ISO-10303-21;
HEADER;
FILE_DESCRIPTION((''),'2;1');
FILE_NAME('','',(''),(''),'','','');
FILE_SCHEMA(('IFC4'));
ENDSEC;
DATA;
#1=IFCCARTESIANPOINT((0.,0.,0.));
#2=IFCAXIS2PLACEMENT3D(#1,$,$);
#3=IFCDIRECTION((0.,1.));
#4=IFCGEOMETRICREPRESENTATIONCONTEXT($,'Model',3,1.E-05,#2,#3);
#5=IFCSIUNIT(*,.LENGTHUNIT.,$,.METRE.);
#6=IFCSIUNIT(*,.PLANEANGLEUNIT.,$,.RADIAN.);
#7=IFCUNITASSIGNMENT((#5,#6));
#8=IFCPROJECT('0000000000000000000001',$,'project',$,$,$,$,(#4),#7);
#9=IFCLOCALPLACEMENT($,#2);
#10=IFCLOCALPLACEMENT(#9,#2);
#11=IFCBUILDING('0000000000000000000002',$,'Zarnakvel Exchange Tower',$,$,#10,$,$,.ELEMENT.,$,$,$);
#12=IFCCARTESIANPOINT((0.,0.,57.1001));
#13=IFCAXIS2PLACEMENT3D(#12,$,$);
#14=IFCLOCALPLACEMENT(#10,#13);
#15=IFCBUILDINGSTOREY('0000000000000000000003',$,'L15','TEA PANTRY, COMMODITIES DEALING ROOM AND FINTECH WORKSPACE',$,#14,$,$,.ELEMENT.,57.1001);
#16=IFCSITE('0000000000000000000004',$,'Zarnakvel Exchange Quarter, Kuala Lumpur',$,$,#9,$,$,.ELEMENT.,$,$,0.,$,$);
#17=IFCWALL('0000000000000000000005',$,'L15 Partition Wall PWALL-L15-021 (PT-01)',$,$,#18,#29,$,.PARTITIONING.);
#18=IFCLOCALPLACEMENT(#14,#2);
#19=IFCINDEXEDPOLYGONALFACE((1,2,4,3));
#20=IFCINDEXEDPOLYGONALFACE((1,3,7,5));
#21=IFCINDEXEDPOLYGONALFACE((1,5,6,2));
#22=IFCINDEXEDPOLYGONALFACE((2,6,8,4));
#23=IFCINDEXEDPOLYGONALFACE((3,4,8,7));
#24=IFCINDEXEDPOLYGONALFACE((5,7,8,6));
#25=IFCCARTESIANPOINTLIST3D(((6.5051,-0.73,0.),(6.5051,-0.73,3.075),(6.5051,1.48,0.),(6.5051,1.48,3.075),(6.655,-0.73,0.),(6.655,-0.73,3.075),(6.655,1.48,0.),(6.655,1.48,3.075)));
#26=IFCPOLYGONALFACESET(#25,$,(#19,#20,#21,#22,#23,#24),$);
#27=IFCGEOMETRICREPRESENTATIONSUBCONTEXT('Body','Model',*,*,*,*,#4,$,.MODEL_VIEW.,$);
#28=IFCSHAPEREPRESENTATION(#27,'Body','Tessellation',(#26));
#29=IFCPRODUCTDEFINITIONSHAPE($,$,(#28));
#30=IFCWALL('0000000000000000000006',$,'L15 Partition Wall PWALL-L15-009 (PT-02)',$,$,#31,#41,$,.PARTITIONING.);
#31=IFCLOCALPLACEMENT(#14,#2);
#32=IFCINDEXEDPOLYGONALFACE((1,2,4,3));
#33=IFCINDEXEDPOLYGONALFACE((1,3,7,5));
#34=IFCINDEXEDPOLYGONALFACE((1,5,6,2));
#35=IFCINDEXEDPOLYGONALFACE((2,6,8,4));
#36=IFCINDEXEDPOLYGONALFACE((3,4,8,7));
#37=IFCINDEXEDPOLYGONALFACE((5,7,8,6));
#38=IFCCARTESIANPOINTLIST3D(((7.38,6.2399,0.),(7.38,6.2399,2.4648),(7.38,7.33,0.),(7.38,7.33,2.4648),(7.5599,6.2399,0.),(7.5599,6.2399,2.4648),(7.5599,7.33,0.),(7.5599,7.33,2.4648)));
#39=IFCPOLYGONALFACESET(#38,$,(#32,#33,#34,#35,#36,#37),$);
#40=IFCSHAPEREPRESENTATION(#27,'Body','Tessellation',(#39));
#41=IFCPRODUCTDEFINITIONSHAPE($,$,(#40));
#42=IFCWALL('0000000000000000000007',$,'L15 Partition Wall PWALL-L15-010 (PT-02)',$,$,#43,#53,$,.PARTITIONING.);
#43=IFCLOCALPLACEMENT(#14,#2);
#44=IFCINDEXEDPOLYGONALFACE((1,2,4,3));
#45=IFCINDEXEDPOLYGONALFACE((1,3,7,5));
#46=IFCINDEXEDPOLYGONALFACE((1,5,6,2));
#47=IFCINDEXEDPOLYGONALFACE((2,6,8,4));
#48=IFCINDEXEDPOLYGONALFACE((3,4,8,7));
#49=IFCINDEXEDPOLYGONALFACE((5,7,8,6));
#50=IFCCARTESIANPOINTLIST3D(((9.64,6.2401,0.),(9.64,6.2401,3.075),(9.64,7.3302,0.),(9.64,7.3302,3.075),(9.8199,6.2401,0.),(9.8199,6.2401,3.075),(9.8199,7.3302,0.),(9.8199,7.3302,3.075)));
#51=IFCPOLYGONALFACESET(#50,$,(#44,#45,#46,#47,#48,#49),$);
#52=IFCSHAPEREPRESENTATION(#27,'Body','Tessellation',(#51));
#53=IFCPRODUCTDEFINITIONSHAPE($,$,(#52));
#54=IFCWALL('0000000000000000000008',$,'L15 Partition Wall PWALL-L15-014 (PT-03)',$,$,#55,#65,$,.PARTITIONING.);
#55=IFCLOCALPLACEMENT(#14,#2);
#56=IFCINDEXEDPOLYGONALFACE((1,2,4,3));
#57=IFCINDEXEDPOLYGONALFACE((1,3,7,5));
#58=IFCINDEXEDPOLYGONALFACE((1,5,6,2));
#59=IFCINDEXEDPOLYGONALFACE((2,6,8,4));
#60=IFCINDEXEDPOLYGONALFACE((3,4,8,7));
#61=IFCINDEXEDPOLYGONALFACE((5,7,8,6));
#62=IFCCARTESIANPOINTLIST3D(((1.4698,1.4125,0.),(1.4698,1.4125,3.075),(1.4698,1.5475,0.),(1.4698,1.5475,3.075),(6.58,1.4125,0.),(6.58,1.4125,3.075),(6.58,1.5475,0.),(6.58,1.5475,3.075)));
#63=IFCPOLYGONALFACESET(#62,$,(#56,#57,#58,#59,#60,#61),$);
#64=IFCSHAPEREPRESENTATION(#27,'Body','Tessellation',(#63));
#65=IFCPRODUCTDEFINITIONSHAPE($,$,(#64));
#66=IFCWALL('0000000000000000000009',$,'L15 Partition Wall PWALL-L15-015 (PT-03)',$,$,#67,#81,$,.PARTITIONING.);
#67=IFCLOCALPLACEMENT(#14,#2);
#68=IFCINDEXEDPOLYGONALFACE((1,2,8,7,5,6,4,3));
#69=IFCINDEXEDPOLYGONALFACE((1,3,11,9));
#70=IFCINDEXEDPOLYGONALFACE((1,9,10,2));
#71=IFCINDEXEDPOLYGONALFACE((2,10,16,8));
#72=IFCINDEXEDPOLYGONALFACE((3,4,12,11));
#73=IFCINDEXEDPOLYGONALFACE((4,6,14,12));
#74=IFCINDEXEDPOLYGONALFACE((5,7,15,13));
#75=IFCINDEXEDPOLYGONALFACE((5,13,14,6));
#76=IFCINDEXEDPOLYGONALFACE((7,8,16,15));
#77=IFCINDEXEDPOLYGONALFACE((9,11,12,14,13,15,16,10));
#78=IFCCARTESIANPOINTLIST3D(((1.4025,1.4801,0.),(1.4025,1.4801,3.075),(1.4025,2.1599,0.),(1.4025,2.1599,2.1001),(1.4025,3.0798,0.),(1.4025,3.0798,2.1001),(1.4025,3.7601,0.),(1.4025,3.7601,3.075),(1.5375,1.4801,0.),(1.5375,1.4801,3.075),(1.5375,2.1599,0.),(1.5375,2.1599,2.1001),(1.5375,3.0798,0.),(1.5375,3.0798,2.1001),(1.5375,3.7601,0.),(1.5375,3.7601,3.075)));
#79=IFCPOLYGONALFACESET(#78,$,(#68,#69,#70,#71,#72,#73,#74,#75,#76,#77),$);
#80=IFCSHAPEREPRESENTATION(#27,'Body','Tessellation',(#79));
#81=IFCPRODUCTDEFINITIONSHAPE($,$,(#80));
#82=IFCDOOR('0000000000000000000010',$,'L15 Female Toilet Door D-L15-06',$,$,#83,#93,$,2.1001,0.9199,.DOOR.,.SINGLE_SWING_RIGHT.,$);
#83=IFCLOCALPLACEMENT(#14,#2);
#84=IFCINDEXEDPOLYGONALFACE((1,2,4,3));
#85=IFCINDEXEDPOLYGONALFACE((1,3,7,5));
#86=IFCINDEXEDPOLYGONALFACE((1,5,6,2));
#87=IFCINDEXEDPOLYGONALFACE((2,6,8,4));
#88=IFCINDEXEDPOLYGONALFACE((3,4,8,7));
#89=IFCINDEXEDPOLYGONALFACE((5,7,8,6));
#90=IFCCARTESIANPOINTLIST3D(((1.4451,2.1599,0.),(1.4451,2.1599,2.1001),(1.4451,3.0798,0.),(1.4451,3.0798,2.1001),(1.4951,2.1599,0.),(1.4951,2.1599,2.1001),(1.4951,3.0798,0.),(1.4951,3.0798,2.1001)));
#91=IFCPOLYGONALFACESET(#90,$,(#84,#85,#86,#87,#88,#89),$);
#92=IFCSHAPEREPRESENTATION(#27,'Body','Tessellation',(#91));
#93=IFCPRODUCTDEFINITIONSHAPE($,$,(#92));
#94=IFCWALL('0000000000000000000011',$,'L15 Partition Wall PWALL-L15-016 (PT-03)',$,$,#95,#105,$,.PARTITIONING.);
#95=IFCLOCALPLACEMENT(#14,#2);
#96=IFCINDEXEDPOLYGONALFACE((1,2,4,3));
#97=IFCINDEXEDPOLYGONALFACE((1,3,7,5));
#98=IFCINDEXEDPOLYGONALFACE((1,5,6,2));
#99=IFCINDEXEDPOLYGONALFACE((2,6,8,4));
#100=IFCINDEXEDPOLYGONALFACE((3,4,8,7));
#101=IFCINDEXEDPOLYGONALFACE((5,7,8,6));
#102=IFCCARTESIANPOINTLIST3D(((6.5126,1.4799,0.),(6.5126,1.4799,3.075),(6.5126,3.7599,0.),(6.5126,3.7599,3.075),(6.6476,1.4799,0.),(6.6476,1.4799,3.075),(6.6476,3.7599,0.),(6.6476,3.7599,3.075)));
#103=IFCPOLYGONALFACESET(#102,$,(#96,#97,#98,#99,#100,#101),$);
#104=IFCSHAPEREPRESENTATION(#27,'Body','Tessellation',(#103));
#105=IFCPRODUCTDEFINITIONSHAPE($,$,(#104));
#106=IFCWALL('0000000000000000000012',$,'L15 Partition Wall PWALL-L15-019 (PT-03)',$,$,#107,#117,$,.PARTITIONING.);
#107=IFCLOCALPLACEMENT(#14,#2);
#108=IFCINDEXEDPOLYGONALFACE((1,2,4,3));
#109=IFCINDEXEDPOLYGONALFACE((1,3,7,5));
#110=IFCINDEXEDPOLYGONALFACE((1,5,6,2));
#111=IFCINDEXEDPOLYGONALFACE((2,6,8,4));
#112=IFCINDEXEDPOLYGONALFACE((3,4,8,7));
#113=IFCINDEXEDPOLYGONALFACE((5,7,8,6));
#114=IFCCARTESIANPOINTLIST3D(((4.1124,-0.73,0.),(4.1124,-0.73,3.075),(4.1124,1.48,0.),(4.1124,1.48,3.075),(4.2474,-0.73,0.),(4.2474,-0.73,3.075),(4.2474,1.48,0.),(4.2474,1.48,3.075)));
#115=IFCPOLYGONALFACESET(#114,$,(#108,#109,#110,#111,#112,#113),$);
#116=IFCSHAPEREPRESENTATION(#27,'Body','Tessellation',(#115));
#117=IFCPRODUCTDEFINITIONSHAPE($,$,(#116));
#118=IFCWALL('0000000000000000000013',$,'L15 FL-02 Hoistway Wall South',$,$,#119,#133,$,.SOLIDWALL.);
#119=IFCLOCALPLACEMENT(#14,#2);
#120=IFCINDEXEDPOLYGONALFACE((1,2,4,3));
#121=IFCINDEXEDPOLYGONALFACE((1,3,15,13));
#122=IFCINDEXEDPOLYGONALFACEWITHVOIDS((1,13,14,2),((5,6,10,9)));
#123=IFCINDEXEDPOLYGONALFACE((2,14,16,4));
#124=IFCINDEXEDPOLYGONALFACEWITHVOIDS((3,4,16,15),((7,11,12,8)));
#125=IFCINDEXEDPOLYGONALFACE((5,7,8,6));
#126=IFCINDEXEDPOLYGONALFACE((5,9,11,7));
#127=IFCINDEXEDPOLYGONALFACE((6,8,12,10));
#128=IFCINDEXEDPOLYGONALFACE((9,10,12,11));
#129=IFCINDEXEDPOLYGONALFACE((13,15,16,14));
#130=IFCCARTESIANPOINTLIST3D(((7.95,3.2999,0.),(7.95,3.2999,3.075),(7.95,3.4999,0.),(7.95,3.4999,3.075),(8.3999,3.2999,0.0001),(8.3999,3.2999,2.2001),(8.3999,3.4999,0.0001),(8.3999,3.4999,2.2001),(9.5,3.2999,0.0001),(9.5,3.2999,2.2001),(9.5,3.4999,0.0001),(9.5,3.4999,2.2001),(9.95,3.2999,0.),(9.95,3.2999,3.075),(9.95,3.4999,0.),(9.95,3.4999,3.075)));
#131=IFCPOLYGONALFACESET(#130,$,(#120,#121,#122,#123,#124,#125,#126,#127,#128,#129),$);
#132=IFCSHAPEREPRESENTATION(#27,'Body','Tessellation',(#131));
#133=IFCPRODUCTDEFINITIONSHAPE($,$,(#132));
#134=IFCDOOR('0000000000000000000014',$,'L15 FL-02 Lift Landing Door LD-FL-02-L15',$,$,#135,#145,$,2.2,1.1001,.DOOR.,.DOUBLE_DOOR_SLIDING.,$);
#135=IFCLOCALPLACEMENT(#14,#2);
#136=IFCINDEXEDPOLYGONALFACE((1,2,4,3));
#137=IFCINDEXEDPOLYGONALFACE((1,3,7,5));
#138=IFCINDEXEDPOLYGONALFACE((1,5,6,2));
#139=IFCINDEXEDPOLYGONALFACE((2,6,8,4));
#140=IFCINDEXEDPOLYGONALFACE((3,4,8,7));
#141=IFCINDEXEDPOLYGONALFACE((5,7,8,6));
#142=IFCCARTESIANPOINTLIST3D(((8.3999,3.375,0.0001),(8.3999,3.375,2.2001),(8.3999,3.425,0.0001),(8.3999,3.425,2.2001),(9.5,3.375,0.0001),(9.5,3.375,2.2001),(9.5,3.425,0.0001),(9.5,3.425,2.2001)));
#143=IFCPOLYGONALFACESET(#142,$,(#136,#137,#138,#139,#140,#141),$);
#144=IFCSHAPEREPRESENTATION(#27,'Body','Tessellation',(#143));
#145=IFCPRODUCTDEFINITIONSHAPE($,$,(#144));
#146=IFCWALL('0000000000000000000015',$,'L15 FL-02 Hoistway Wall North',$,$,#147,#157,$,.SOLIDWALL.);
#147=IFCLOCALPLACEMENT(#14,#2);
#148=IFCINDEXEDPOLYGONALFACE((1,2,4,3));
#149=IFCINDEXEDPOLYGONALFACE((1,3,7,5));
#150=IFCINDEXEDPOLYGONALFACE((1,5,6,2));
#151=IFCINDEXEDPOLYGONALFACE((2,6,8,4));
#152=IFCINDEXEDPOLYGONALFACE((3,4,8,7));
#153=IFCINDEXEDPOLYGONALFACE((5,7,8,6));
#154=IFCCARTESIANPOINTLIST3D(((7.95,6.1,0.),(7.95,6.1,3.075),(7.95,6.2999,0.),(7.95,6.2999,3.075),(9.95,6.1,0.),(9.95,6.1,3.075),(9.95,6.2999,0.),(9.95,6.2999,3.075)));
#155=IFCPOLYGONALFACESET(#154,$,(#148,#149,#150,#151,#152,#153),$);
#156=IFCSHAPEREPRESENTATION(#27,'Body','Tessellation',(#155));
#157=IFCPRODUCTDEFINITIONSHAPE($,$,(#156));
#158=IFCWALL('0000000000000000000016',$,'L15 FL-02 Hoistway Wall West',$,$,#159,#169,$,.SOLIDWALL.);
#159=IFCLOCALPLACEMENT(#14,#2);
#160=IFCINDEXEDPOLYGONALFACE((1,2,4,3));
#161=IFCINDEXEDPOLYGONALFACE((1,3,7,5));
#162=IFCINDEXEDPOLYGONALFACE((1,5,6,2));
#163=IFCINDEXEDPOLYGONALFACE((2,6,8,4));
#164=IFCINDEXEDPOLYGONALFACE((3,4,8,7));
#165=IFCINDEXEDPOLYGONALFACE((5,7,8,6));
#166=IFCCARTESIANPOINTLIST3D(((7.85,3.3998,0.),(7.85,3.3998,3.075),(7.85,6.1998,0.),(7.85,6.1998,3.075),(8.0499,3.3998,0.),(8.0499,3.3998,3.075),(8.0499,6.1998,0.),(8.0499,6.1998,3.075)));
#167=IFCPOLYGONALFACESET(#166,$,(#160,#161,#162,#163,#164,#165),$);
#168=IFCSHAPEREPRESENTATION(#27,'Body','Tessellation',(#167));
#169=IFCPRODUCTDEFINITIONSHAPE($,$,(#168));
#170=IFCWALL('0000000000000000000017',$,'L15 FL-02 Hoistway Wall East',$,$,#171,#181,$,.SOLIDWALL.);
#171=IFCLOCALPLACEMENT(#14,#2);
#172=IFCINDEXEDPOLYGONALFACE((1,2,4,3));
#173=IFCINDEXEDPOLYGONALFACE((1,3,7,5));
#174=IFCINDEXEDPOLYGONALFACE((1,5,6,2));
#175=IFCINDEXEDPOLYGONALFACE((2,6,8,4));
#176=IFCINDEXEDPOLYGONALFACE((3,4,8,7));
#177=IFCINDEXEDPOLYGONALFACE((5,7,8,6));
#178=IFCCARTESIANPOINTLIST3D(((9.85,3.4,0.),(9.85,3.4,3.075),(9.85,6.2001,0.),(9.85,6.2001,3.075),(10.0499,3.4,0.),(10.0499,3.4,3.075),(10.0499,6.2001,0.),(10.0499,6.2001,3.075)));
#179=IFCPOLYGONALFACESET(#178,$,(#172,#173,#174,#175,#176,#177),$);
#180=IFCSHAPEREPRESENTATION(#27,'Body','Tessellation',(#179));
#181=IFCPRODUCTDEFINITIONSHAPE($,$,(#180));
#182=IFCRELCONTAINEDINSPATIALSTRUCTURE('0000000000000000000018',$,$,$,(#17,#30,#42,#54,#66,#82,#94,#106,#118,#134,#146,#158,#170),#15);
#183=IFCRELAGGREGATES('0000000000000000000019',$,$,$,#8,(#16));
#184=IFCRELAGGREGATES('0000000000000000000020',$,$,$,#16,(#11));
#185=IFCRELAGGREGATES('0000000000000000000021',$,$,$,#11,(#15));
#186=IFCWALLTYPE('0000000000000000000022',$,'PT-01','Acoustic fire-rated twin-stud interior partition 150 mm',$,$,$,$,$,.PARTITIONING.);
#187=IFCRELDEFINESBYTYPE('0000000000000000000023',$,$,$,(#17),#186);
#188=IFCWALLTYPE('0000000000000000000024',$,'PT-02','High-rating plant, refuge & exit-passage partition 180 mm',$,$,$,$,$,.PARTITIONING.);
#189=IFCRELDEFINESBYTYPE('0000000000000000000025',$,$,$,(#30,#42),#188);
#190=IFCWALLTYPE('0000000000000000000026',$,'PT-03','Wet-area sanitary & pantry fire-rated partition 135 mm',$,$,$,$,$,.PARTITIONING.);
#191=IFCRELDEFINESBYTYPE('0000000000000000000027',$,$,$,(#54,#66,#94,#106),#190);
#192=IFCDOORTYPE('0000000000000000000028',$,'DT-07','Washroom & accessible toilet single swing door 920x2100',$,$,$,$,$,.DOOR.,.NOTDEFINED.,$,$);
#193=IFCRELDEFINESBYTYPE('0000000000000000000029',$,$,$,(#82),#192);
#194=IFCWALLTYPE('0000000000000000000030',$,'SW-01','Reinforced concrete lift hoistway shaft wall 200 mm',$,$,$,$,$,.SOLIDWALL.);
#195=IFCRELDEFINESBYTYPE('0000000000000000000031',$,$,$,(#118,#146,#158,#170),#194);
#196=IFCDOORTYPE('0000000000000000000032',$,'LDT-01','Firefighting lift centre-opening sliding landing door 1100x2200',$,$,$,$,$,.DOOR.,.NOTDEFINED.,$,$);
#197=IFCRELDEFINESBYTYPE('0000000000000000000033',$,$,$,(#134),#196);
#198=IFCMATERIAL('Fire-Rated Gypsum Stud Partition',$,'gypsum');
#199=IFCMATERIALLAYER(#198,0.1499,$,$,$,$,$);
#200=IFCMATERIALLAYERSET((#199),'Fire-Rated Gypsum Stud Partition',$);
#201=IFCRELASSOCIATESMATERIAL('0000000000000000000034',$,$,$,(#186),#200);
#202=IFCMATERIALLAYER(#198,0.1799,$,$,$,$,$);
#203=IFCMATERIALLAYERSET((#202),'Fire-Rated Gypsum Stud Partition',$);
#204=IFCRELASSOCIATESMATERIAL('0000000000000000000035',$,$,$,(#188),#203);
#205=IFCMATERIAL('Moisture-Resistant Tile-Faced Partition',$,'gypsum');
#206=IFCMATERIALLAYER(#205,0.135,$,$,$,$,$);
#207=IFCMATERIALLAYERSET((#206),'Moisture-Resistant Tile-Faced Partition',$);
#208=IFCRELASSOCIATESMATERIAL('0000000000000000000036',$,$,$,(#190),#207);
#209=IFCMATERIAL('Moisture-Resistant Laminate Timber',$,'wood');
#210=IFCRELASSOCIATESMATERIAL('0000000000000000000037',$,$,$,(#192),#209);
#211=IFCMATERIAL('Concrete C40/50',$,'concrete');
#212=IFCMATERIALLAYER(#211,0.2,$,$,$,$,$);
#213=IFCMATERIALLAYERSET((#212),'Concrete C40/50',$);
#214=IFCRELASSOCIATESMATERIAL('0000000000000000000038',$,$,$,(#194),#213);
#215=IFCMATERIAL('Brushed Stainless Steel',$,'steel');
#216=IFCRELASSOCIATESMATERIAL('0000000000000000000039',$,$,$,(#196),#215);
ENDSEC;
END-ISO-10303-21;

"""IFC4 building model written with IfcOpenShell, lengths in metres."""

from ifc_helpers import new_model, si_unit, direction, frame, frame_2d, origin, place, context, subcontext, project, spatial, rectangle, extrude, source, transform, mapped, material, layer, layer_set, type_object, element, fill, save


model = new_model("IFC4")

# Units and contexts
model_context = context("Model", 3, precision=1e-05, world=origin(), true_north=direction((0.0, 1.0)))
body_context = subcontext(model_context, "Body", "Model", "MODEL_VIEW")
ifc_project = project(units=[si_unit("LENGTHUNIT", "METRE"), si_unit("PLANEANGLEUNIT", "RADIAN")], contexts=[model_context])

# Site, building, storey
site_placement = place(None, origin())
site = spatial("IfcSite", under=ifc_project, at=site_placement, Name="Zarnakvel Exchange Quarter, Kuala Lumpur", CompositionType="ELEMENT", RefElevation=0.0)
building_placement = place(site_placement, origin())
building = spatial("IfcBuilding", under=site, at=building_placement, Name="Zarnakvel Exchange Tower", CompositionType="ELEMENT")
storey_placement = place(building_placement, frame((0.0, 0.0, 57.1001)))
storey = spatial("IfcBuildingStorey", under=building, at=storey_placement, Name="L15", Description="TEA PANTRY, COMMODITIES DEALING ROOM AND FINTECH WORKSPACE", CompositionType="ELEMENT", Elevation=57.1001)

# Walls
ifc_material_1 = material(Name="Fire-Rated Gypsum Stud Partition", Category="gypsum")
ifc_layer_1 = layer(ifc_material_1, 0.1499)
ifc_layer_set_1 = layer_set([ifc_layer_1], Name="Fire-Rated Gypsum Stud Partition")
wall_type_1 = type_object("IfcWallType", Name="PT-01", Description="Acoustic fire-rated twin-stud interior partition 150 mm", PredefinedType="PARTITIONING", material=ifc_layer_set_1)
wall_1_placement = place(storey_placement, frame((6.5801, 1.48, 0.0), z_axis=(0.0, 0.0, 1.0), x_axis=(0.0, -1.0, 0.0)))
element("IfcWall", 1, at=wall_1_placement, inside=storey, type_object=wall_type_1, Name="L15 Partition Wall PWALL-L15-021 (PT-01)", PredefinedType="PARTITIONING", context=body_context, shape_type="SweptSolid", body=[
    extrude(rectangle(XDim=2.21, YDim=0.1499, at=frame_2d((1.105, 0.0))), origin(), (0.0, 0.0, 1.0), 3.075),
])
ifc_layer_2 = layer(ifc_material_1, 0.1799)
ifc_layer_set_2 = layer_set([ifc_layer_2], Name="Fire-Rated Gypsum Stud Partition")
wall_type_2 = type_object("IfcWallType", Name="PT-02", Description="High-rating plant, refuge & exit-passage partition 180 mm", PredefinedType="PARTITIONING", material=ifc_layer_set_2)
wall_2_placement = place(storey_placement, frame((7.47, 6.24, 0.0), z_axis=(0.0, 0.0, 1.0), x_axis=(0.0, 1.0, 0.0)))
element("IfcWall", 2, at=wall_2_placement, inside=storey, type_object=wall_type_2, Name="L15 Partition Wall PWALL-L15-009 (PT-02)", PredefinedType="PARTITIONING", context=body_context, shape_type="SweptSolid", body=[
    extrude(rectangle(XDim=1.0901, YDim=0.1799, at=frame_2d((0.5449, 0.0))), origin(), (0.0, 0.0, 1.0), 2.4648),
])
wall_3_placement = place(storey_placement, frame((9.73, 7.3301, 0.0), z_axis=(0.0, 0.0, 1.0), x_axis=(0.0, -1.0, 0.0)))
element("IfcWall", 3, at=wall_3_placement, inside=storey, type_object=wall_type_2, Name="L15 Partition Wall PWALL-L15-010 (PT-02)", PredefinedType="PARTITIONING", context=body_context, shape_type="SweptSolid", body=[
    extrude(rectangle(XDim=1.0901, YDim=0.1799, at=frame_2d((0.5449, 0.0))), origin(), (0.0, 0.0, 1.0), 3.075),
])
ifc_material_2 = material(Name="Moisture-Resistant Tile-Faced Partition", Category="gypsum")
ifc_layer_3 = layer(ifc_material_2, 0.135)
ifc_layer_set_3 = layer_set([ifc_layer_3], Name="Moisture-Resistant Tile-Faced Partition")
wall_type_3 = type_object("IfcWallType", Name="PT-03", Description="Wet-area sanitary & pantry fire-rated partition 135 mm", PredefinedType="PARTITIONING", material=ifc_layer_set_3)
wall_4_placement = place(storey_placement, frame((6.5801, 1.48, 0.0), z_axis=(0.0, 0.0, 1.0), x_axis=(-1.0, 0.0, 0.0)))
element("IfcWall", 4, at=wall_4_placement, inside=storey, type_object=wall_type_3, Name="L15 Partition Wall PWALL-L15-014 (PT-03)", PredefinedType="PARTITIONING", context=body_context, shape_type="SweptSolid", body=[
    extrude(rectangle(XDim=5.1101, YDim=0.135, at=frame_2d((2.5552, 0.0))), origin(), (0.0, 0.0, 1.0), 3.075),
])

# Wall, opening, door
wall_5_placement = place(storey_placement, frame((1.47, 1.48, 0.0), z_axis=(0.0, 0.0, 1.0), x_axis=(0.0, 1.0, 0.0)))
wall_5 = element("IfcWall", 5, at=wall_5_placement, inside=storey, type_object=wall_type_3, Name="L15 Partition Wall PWALL-L15-015 (PT-03)", PredefinedType="PARTITIONING", context=body_context, shape_type="SweptSolid", body=[
    extrude(rectangle(XDim=2.28, YDim=0.135, at=frame_2d((1.1401, 0.0))), origin(), (0.0, 0.0, 1.0), 3.075),
])
opening_1_placement = place(wall_5_placement, frame((0.6799, 0.0, 0.0)))
opening_1 = element("IfcOpeningElement", 6, at=opening_1_placement, cuts=wall_5, PredefinedType="OPENING", context=body_context, shape_type="SweptSolid", body=[
    extrude(rectangle(XDim=0.9199, YDim=2.1001, at=frame_2d((0.46, 1.05))), frame((0.0, 0.0774, 0.0), z_axis=(0.0, -1.0, 0.0), x_axis=(1.0, 0.0, 0.0)), (0.0, 0.0, 1.0), 0.155),
])
ifc_material_3 = material(Name="Moisture-Resistant Laminate Timber", Category="wood")
door_type_1 = type_object("IfcDoorType", Name="DT-07", Description="Washroom & accessible toilet single swing door 920x2100", OperationType="NOTDEFINED", PredefinedType="DOOR", material=ifc_material_3)
shared_shape_1 = source(origin(), body_context, "Body", "SweptSolid", [
    extrude(rectangle(XDim=0.9199, YDim=2.1001, at=frame_2d((0.46, 1.05))), frame((0.0, 0.0249, 0.0), z_axis=(0.0, -1.0, 0.0), x_axis=(1.0, 0.0, 0.0)), (0.0, 0.0, 1.0), 0.05),
])
door_1_placement = place(opening_1_placement, origin())
door_1 = element("IfcDoor", 7, at=door_1_placement, inside=storey, type_object=door_type_1, Name="L15 Female Toilet Door D-L15-06", OperationType="SINGLE_SWING_RIGHT", OverallHeight=2.1001, OverallWidth=0.9199, PredefinedType="DOOR", context=body_context, shape_type="MappedRepresentation", body=[
    mapped(shared_shape_1, transform((0.0, 0.0, 0.0), x_axis=(1.0, 0.0, 0.0), y_axis=(0.0, 1.0, 0.0), z_axis=(0.0, 0.0, 1.0), scale=1.0)),
])
fill(opening_1, door_1)

# Walls
wall_6_placement = place(storey_placement, frame((6.5801, 3.76, 0.0), z_axis=(0.0, 0.0, 1.0), x_axis=(0.0, -1.0, 0.0)))
element("IfcWall", 8, at=wall_6_placement, inside=storey, type_object=wall_type_3, Name="L15 Partition Wall PWALL-L15-016 (PT-03)", PredefinedType="PARTITIONING", context=body_context, shape_type="SweptSolid", body=[
    extrude(rectangle(XDim=2.28, YDim=0.135, at=frame_2d((1.1401, 0.0))), origin(), (0.0, 0.0, 1.0), 3.075),
])
wall_7_placement = place(storey_placement, frame((4.1799, 1.48, 0.0), z_axis=(0.0, 0.0, 1.0), x_axis=(0.0, -1.0, 0.0)))
element("IfcWall", 9, at=wall_7_placement, inside=storey, type_object=wall_type_3, Name="L15 Partition Wall PWALL-L15-019 (PT-03)", PredefinedType="PARTITIONING", context=body_context, shape_type="SweptSolid", body=[
    extrude(rectangle(XDim=2.21, YDim=0.135, at=frame_2d((1.105, 0.0))), origin(), (0.0, 0.0, 1.0), 3.075),
])

# Wall, opening, door
ifc_material_4 = material(Name="Concrete C40/50", Category="concrete")
ifc_layer_4 = layer(ifc_material_4, 0.2)
ifc_layer_set_4 = layer_set([ifc_layer_4], Name="Concrete C40/50")
wall_type_4 = type_object("IfcWallType", Name="SW-01", Description="Reinforced concrete lift hoistway shaft wall 200 mm", PredefinedType="SOLIDWALL", material=ifc_layer_set_4)
wall_8_placement = place(storey_placement, frame((9.95, 3.3999, 0.0), z_axis=(0.0, 0.0, 1.0), x_axis=(-1.0, 0.0, 0.0)))
wall_8 = element("IfcWall", 10, at=wall_8_placement, inside=storey, type_object=wall_type_4, Name="L15 FL-02 Hoistway Wall South", PredefinedType="SOLIDWALL", context=body_context, shape_type="SweptSolid", body=[
    extrude(rectangle(XDim=2.0, YDim=0.2, at=frame_2d((1.0, 0.0))), origin(), (0.0, 0.0, 1.0), 3.075),
])
opening_2_placement = place(wall_8_placement, frame((0.45, 0.0, 0.0)))
opening_2 = element("IfcOpeningElement", 11, at=opening_2_placement, cuts=wall_8, PredefinedType="OPENING", context=body_context, shape_type="SweptSolid", body=[
    extrude(rectangle(XDim=1.1001, YDim=2.2, at=frame_2d((0.55, 1.1001))), frame((0.0, 0.1099, 0.0), z_axis=(0.0, -1.0, 0.0), x_axis=(1.0, 0.0, 0.0)), (0.0, 0.0, 1.0), 0.22),
])
ifc_material_5 = material(Name="Brushed Stainless Steel", Category="steel")
door_type_2 = type_object("IfcDoorType", Name="LDT-01", Description="Firefighting lift centre-opening sliding landing door 1100x2200", OperationType="NOTDEFINED", PredefinedType="DOOR", material=ifc_material_5)
shared_shape_2 = source(origin(), body_context, "Body", "SweptSolid", [
    extrude(rectangle(XDim=1.1001, YDim=2.2, at=frame_2d((0.55, 1.1001))), frame((0.0, 0.0249, 0.0), z_axis=(0.0, -1.0, 0.0), x_axis=(1.0, 0.0, 0.0)), (0.0, 0.0, 1.0), 0.05),
])
door_2_placement = place(opening_2_placement, origin())
door_2 = element("IfcDoor", 12, at=door_2_placement, inside=storey, type_object=door_type_2, Name="L15 FL-02 Lift Landing Door LD-FL-02-L15", OperationType="DOUBLE_DOOR_SLIDING", OverallHeight=2.2, OverallWidth=1.1001, PredefinedType="DOOR", context=body_context, shape_type="MappedRepresentation", body=[
    mapped(shared_shape_2, transform((0.0, 0.0, 0.0), x_axis=(1.0, 0.0, 0.0), y_axis=(0.0, 1.0, 0.0), z_axis=(0.0, 0.0, 1.0), scale=1.0)),
])
fill(opening_2, door_2)

# Walls
wall_9_placement = place(storey_placement, frame((7.95, 6.2, 0.0), z_axis=(0.0, 0.0, 1.0), x_axis=(1.0, 0.0, 0.0)))
element("IfcWall", 13, at=wall_9_placement, inside=storey, type_object=wall_type_4, Name="L15 FL-02 Hoistway Wall North", PredefinedType="SOLIDWALL", context=body_context, shape_type="SweptSolid", body=[
    extrude(rectangle(XDim=2.0, YDim=0.2, at=frame_2d((1.0, 0.0))), origin(), (0.0, 0.0, 1.0), 3.075),
])
for number, where, z_axis, x_axis, name in (
    (14, (7.95, 3.3999, 0.0), (0.0, 0.0, 1.0), (0.0, 1.0, 0.0), "L15 FL-02 Hoistway Wall West"),
    (15, (9.95, 6.2, 0.0), (0.0, 0.0, 1.0), (0.0, -1.0, 0.0), "L15 FL-02 Hoistway Wall East"),
):
    element("IfcWall", number, at=place(storey_placement, frame(where, z_axis=z_axis, x_axis=x_axis)), inside=storey, type_object=wall_type_4, Name=name, PredefinedType="SOLIDWALL", context=body_context, shape_type="SweptSolid", body=[
        extrude(rectangle(XDim=2.8, YDim=0.2, at=frame_2d((1.3999, 0.0))), origin(), (0.0, 0.0, 1.0), 3.075),
    ])

save(model, "model.ifc")
